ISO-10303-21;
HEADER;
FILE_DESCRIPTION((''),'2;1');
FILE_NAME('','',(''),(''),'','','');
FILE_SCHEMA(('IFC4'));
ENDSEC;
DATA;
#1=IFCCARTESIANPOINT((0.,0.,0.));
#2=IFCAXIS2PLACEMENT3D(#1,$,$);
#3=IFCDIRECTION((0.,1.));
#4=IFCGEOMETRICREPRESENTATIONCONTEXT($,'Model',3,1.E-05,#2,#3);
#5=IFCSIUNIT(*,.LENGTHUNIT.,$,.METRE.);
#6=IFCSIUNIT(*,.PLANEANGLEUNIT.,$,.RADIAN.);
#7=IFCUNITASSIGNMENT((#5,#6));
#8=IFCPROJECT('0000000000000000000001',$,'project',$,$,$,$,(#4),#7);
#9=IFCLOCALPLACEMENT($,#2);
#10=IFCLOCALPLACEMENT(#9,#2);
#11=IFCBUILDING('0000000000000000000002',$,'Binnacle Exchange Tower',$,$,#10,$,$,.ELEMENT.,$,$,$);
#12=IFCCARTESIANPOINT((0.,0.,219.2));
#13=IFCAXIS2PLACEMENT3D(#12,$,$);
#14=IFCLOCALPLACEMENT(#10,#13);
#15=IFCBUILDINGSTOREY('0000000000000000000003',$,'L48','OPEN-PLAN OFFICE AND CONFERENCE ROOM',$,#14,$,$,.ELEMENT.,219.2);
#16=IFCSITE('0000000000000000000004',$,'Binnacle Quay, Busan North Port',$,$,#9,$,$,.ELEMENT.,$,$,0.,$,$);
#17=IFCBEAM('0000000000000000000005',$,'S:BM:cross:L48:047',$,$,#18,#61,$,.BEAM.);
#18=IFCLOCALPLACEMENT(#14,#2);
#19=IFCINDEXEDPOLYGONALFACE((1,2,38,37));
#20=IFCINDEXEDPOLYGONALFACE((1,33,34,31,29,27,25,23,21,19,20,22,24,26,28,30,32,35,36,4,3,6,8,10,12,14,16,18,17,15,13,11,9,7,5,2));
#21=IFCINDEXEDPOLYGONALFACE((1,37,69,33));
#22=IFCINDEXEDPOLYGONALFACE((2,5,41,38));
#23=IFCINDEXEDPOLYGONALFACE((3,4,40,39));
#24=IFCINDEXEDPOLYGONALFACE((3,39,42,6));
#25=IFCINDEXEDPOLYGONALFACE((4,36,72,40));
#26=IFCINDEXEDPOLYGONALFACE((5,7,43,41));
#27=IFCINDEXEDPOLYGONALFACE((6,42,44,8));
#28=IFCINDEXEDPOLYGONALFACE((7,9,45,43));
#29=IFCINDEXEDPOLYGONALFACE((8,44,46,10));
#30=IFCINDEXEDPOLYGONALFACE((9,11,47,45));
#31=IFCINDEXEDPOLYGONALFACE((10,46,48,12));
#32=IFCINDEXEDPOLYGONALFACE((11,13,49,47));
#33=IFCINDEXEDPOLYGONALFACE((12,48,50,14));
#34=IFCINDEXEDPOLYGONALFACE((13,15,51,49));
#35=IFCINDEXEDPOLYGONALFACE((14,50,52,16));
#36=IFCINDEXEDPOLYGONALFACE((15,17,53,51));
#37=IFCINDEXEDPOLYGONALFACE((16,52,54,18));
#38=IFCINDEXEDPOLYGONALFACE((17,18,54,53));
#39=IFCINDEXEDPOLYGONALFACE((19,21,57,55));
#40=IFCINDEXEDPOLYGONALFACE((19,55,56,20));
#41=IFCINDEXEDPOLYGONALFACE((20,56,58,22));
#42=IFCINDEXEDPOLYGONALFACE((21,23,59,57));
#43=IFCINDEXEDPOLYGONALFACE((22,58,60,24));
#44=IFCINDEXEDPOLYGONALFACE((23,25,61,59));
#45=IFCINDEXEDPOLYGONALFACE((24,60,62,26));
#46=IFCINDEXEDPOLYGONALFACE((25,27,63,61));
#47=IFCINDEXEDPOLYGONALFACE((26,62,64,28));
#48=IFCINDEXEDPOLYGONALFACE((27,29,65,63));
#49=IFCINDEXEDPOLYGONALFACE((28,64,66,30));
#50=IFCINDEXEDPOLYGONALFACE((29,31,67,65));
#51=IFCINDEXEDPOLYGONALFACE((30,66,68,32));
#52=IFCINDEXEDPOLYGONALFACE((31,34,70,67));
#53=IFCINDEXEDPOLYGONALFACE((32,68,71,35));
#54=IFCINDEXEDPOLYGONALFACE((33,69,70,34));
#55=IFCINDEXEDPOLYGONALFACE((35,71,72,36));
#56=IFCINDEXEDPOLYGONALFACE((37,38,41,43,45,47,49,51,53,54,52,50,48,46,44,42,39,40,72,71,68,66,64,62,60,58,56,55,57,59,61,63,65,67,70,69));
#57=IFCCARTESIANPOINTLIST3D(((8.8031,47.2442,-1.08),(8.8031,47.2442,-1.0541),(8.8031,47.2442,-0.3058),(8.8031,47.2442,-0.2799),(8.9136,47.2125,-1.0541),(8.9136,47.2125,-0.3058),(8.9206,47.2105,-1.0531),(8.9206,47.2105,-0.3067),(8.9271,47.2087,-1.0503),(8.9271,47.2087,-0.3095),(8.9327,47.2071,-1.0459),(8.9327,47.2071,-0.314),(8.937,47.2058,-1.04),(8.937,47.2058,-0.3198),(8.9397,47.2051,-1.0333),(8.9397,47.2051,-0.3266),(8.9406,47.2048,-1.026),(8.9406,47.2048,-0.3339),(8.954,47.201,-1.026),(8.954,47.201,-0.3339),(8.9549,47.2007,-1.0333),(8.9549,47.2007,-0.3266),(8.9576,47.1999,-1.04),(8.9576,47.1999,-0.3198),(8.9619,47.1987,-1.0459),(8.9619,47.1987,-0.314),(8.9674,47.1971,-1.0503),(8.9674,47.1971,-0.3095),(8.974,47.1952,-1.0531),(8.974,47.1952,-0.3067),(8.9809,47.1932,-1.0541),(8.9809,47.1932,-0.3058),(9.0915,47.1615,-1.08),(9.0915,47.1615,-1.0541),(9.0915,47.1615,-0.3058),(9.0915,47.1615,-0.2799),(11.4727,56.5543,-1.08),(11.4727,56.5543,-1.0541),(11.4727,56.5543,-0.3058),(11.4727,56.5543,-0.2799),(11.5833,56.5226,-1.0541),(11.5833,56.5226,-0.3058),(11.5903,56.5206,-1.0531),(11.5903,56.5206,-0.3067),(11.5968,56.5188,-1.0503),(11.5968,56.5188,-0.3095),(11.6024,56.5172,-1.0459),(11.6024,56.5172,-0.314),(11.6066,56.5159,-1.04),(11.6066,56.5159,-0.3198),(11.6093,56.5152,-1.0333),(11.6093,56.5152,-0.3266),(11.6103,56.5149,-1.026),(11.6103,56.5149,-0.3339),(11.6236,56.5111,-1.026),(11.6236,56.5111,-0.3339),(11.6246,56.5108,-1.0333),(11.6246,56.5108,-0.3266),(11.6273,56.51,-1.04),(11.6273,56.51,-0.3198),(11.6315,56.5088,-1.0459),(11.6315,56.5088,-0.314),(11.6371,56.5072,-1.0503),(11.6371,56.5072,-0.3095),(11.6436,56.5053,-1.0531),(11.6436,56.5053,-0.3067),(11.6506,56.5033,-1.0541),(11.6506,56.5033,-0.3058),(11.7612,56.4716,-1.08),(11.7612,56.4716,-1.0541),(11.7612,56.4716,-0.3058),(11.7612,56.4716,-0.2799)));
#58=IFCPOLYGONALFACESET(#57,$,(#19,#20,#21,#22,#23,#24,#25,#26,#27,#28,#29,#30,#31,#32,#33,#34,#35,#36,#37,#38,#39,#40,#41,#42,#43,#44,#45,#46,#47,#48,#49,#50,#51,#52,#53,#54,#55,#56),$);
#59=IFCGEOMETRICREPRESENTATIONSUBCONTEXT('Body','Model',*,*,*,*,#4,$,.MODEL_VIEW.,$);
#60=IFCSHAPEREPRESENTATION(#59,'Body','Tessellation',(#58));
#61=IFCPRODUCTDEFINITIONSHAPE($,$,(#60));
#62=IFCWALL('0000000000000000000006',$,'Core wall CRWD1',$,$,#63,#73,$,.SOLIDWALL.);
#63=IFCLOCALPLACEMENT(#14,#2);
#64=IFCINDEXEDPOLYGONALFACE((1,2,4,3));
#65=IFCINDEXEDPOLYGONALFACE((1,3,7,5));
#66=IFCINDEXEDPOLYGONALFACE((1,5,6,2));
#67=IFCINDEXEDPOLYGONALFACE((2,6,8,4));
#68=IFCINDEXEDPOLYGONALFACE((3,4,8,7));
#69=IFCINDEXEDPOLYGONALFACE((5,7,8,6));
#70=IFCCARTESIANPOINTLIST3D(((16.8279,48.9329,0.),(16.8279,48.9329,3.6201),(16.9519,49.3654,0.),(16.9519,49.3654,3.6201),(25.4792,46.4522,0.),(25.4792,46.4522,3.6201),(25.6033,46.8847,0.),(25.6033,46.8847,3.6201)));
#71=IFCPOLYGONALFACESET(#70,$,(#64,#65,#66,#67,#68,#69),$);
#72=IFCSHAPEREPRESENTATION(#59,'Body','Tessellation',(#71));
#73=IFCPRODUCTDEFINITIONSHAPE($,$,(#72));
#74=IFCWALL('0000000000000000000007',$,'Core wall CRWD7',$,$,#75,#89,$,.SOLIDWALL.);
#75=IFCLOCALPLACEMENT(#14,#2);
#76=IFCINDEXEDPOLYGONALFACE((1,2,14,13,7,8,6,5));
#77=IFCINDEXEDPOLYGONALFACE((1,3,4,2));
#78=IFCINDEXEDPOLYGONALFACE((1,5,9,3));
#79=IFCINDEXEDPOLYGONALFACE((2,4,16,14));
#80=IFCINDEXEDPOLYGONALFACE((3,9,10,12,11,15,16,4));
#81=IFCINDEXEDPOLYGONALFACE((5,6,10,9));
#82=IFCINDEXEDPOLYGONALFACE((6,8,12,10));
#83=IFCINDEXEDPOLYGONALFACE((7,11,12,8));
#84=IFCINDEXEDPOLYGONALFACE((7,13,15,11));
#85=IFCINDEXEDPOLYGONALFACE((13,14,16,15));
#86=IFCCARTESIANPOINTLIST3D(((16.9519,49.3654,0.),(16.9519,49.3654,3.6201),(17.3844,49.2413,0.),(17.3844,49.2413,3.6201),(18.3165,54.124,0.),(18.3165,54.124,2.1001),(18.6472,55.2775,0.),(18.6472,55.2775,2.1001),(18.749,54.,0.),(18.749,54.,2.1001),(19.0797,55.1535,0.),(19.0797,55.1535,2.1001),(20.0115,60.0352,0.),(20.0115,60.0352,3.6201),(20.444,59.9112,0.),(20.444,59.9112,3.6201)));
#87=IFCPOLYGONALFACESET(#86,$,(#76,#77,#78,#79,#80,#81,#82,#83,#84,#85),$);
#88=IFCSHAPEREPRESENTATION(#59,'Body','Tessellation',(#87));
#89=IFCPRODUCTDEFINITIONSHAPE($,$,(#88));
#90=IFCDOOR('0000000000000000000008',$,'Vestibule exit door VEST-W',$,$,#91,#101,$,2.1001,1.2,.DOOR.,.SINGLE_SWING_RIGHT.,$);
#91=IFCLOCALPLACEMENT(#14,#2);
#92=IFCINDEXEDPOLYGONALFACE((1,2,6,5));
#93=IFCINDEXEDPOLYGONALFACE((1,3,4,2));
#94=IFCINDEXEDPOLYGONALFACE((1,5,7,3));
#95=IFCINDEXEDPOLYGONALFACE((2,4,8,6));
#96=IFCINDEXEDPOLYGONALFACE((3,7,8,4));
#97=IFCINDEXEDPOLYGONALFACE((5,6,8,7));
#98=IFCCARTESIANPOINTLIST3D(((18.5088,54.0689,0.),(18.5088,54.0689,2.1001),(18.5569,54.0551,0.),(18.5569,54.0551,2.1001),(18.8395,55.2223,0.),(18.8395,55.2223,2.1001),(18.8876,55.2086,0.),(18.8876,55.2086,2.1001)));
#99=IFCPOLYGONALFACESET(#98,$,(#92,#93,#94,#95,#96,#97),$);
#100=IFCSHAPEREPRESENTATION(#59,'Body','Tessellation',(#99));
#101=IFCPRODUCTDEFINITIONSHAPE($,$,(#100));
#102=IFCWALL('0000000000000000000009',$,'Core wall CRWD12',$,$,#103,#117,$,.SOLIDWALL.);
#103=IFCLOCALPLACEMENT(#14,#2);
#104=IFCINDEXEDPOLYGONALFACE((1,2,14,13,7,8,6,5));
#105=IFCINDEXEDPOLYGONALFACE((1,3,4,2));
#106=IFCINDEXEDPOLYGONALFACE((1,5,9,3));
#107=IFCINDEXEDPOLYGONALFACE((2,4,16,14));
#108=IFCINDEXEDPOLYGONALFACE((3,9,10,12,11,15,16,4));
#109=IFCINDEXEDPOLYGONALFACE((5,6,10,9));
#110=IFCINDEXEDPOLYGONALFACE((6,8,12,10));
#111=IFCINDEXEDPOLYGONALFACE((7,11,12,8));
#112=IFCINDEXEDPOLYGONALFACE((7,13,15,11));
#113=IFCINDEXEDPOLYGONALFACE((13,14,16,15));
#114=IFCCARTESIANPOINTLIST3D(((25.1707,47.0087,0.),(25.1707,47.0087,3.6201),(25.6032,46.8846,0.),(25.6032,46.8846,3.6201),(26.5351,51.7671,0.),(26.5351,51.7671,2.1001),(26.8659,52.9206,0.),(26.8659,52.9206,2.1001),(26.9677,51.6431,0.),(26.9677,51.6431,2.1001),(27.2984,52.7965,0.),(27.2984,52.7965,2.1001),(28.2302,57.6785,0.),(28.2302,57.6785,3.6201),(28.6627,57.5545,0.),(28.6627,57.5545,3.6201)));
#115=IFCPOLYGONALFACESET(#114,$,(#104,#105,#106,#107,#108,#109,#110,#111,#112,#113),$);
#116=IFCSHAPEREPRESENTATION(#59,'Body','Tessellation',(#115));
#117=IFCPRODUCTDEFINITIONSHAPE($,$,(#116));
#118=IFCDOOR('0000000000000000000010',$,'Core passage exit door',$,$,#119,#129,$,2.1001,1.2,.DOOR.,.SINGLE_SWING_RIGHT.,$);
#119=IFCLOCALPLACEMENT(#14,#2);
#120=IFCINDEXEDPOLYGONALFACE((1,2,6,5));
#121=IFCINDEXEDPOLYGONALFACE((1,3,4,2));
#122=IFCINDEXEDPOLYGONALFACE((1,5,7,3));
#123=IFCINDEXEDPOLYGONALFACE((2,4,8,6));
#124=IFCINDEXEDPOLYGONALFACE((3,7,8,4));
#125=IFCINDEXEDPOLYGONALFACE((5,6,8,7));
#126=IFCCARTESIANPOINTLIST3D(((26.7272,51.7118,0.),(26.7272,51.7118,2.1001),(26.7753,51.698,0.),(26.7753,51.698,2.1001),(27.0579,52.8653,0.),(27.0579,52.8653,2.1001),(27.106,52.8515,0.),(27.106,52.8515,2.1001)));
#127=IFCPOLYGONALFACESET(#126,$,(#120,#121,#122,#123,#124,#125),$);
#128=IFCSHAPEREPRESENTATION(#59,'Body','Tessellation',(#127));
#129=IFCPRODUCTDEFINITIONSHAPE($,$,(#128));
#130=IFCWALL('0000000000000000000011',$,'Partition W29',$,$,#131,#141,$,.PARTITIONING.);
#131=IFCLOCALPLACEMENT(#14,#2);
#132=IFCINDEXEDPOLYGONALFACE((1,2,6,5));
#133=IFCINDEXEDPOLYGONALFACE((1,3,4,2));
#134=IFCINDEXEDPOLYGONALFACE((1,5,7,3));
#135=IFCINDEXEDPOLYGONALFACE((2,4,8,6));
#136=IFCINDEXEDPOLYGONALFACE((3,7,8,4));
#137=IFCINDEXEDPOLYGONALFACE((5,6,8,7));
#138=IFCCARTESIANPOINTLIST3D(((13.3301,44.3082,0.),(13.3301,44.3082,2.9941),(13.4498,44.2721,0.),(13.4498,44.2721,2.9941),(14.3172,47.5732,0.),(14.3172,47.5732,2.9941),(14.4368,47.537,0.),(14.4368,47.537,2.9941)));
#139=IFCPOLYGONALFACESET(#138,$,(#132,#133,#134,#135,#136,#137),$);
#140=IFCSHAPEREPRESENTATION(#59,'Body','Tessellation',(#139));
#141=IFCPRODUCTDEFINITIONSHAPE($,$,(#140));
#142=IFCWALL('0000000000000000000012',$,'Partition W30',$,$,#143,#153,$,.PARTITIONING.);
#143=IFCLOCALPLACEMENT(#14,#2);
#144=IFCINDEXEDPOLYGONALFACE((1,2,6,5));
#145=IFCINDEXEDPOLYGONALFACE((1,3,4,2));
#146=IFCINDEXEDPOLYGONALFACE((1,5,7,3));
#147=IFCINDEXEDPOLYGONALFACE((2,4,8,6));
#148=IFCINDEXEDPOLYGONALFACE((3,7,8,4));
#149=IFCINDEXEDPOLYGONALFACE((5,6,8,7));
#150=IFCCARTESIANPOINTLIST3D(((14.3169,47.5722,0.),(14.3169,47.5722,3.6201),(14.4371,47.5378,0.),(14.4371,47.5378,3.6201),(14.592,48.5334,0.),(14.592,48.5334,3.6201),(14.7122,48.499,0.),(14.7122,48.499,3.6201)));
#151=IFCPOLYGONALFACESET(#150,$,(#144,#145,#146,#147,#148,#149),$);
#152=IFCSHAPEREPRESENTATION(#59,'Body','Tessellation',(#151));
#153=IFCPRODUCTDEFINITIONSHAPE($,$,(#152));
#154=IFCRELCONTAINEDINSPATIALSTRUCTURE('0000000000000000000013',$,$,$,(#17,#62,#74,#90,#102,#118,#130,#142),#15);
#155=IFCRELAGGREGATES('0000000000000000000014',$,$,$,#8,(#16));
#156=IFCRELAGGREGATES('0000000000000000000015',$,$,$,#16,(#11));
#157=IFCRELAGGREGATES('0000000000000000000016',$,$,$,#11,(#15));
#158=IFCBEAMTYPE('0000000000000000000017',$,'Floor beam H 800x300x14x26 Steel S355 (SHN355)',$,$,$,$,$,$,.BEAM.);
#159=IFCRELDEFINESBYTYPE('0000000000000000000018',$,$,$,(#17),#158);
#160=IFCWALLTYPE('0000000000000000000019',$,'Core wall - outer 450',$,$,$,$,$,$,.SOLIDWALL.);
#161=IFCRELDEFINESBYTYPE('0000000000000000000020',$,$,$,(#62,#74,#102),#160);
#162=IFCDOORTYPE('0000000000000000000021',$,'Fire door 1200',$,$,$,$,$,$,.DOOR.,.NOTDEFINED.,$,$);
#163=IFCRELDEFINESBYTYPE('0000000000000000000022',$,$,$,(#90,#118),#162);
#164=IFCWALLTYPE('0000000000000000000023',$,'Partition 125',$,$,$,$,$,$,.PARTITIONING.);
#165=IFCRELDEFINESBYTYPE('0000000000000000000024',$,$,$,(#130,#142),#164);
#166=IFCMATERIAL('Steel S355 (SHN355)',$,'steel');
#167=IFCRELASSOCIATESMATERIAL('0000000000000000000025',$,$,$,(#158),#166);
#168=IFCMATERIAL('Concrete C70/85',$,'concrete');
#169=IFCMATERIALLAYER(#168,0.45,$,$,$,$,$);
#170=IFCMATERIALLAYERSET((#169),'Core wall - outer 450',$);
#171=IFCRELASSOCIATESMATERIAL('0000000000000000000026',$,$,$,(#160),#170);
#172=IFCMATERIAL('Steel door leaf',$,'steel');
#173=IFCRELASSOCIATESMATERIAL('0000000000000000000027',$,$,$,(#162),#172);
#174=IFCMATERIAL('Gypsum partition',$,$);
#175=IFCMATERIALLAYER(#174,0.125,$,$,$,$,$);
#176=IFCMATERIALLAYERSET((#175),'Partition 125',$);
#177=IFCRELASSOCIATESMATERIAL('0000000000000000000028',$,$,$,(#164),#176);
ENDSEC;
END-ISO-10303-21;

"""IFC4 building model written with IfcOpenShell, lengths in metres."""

from ifc_helpers import new_model, si_unit, direction, frame, frame_2d, origin, origin_2d, place, context, subcontext, project, spatial, rectangle, i_section, extrude, material, layer, layer_set, material_profile, profile_set, type_object, element, fill, save


model = new_model("IFC4")

# Units and contexts
model_context = context("Model", 3, precision=1e-05, world=origin(), true_north=direction((0.0, 1.0)))
body_context = subcontext(model_context, "Body", "Model", "MODEL_VIEW")
ifc_project = project(units=[si_unit("LENGTHUNIT", "METRE"), si_unit("PLANEANGLEUNIT", "RADIAN")], contexts=[model_context])

# Site, building, storey
site_placement = place(None, origin())
site = spatial("IfcSite", under=ifc_project, at=site_placement, Name="Binnacle Quay, Busan North Port", CompositionType="ELEMENT", RefElevation=0.0)
building_placement = place(site_placement, origin())
building = spatial("IfcBuilding", under=site, at=building_placement, Name="Binnacle Exchange Tower", CompositionType="ELEMENT")
storey_placement = place(building_placement, frame((0.0, 0.0, 219.2)))
storey = spatial("IfcBuildingStorey", under=building, at=storey_placement, Name="L48", Description="OPEN-PLAN OFFICE AND CONFERENCE ROOM", CompositionType="ELEMENT", Elevation=219.2)

# Beam
ifc_material_1 = material(Name="Steel S355 (SHN355)", Category="steel")
ifc_material_profile_1 = material_profile(ifc_material_1, i_section(OverallWidth=0.3, OverallDepth=0.8, WebThickness=0.0139, FlangeThickness=0.0259, FilletRadius=0.0281, at=origin_2d()), Name="H 800x300x14x26")
ifc_profile_set_1 = profile_set([ifc_material_profile_1], Name="Steel S355 (SHN355)")
beam_type_1 = type_object("IfcBeamType", Name="Floor beam H 800x300x14x26 Steel S355 (SHN355)", PredefinedType="BEAM", material=ifc_profile_set_1)
beam_1_placement = place(storey_placement, frame((8.9473, 47.2029, -0.6799), z_axis=(0.275643, 0.96126, 0.0), x_axis=(-0.96126, 0.275643, 0.0)))
element("IfcBeam", 1, at=beam_1_placement, inside=storey, type_object=beam_type_1, Name="S:BM:cross:L48:047", PredefinedType="BEAM", context=body_context, shape_type="SweptSolid", body=[
    extrude(i_section(OverallWidth=0.3, OverallDepth=0.8, WebThickness=0.0139, FlangeThickness=0.0259, FilletRadius=0.0281, at=origin_2d()), origin(), (0.0, 0.0, 1.0), 9.6853),
])

# Wall
ifc_material_2 = material(Name="Concrete C70/85", Category="concrete")
ifc_layer_1 = layer(ifc_material_2, 0.45)
ifc_layer_set_1 = layer_set([ifc_layer_1], Name="Core wall - outer 450")
wall_type_1 = type_object("IfcWallType", Name="Core wall - outer 450", PredefinedType="SOLIDWALL", material=ifc_layer_set_1)
wall_1_placement = place(storey_placement, frame((16.8899, 49.1492, 0.0), z_axis=(0.0, 0.0, 1.0), x_axis=(0.961262, -0.275635, 0.0)))
element("IfcWall", 2, at=wall_1_placement, inside=storey, type_object=wall_type_1, Name="Core wall CRWD1", PredefinedType="SOLIDWALL", context=body_context, shape_type="SweptSolid", body=[
    extrude(rectangle(XDim=9.0, YDim=0.45, at=frame_2d((4.5, 0.0))), origin(), (0.0, 0.0, 1.0), 3.6201),
])

# Walls, openings, doors
wall_2_placement = place(storey_placement, frame((17.1682, 49.3035, 0.0), z_axis=(0.0, 0.0, 1.0), x_axis=(0.275639, 0.961261, 0.0)))
wall_2 = element("IfcWall", 3, at=wall_2_placement, inside=storey, type_object=wall_type_1, Name="Core wall CRWD7", PredefinedType="SOLIDWALL", context=body_context, shape_type="SweptSolid", body=[
    extrude(rectangle(XDim=11.0999, YDim=0.45, at=frame_2d((5.5498, 0.0))), origin(), (0.0, 0.0, 1.0), 3.6201),
])
opening_1_placement = place(wall_2_placement, frame((4.9502, 0.0, 0.0)))
opening_1 = element("IfcOpeningElement", 4, at=opening_1_placement, cuts=wall_2, PredefinedType="OPENING", context=body_context, shape_type="SweptSolid", body=[
    extrude(rectangle(XDim=1.2, YDim=2.1001, at=frame_2d((0.6001, 1.05))), frame((0.0, 0.2349, 0.0), z_axis=(0.0, -1.0, 0.0), x_axis=(1.0, 0.0, 0.0)), (0.0, 0.0, 1.0), 0.47),
])
ifc_material_3 = material(Name="Steel door leaf", Category="steel")
door_type_1 = type_object("IfcDoorType", Name="Fire door 1200", OperationType="NOTDEFINED", PredefinedType="DOOR", material=ifc_material_3)
door_1_placement = place(opening_1_placement, origin())
door_1 = element("IfcDoor", 5, at=door_1_placement, inside=storey, type_object=door_type_1, Name="Vestibule exit door VEST-W", OperationType="SINGLE_SWING_RIGHT", OverallHeight=2.1001, OverallWidth=1.2, PredefinedType="DOOR", context=body_context, shape_type="SweptSolid", body=[
    extrude(rectangle(XDim=1.2, YDim=2.1001, at=frame_2d((0.6001, 1.05))), frame((0.0, 0.0249, 0.0), z_axis=(0.0, -1.0, 0.0), x_axis=(1.0, 0.0, 0.0)), (0.0, 0.0, 1.0), 0.05),
])
fill(opening_1, door_1)
wall_3_placement = place(storey_placement, frame((25.387, 46.9468, 0.0), z_axis=(0.0, 0.0, 1.0), x_axis=(0.275639, 0.961261, 0.0)))
wall_3 = element("IfcWall", 6, at=wall_3_placement, inside=storey, type_object=wall_type_1, Name="Core wall CRWD12", PredefinedType="SOLIDWALL", context=body_context, shape_type="SweptSolid", body=[
    extrude(rectangle(XDim=11.0999, YDim=0.45, at=frame_2d((5.5498, 0.0))), origin(), (0.0, 0.0, 1.0), 3.6201),
])
opening_2_placement = place(wall_3_placement, frame((4.95, 0.0, 0.0)))
opening_2 = element("IfcOpeningElement", 7, at=opening_2_placement, cuts=wall_3, PredefinedType="OPENING", context=body_context, shape_type="SweptSolid", body=[
    extrude(rectangle(XDim=1.2, YDim=2.1001, at=frame_2d((0.6001, 1.05))), frame((0.0, 0.2349, 0.0), z_axis=(0.0, -1.0, 0.0), x_axis=(1.0, 0.0, 0.0)), (0.0, 0.0, 1.0), 0.47),
])
door_2_placement = place(opening_2_placement, frame((1.2, 0.0, 0.0), z_axis=(0.0, 0.0, 1.0), x_axis=(-1.0, 0.0, 0.0)))
door_2 = element("IfcDoor", 8, at=door_2_placement, inside=storey, type_object=door_type_1, Name="Core passage exit door", OperationType="SINGLE_SWING_RIGHT", OverallHeight=2.1001, OverallWidth=1.2, PredefinedType="DOOR", context=body_context, shape_type="SweptSolid", body=[
    extrude(rectangle(XDim=1.2, YDim=2.1001, at=frame_2d((0.6001, 1.05))), frame((0.0, 0.0249, 0.0), z_axis=(0.0, -1.0, 0.0), x_axis=(1.0, 0.0, 0.0)), (0.0, 0.0, 1.0), 0.05),
])
fill(opening_2, door_2)

# Walls
ifc_material_4 = material(Name="Gypsum partition")
ifc_layer_2 = layer(ifc_material_4, 0.125)
ifc_layer_set_2 = layer_set([ifc_layer_2], Name="Partition 125")
wall_type_2 = type_object("IfcWallType", Name="Partition 125", PredefinedType="PARTITIONING", material=ifc_layer_set_2)
wall_4_placement = place(storey_placement, frame((13.3899, 44.29, 0.0), z_axis=(0.0, 0.0, 1.0), x_axis=(0.28939, 0.957211, 0.0)))
element("IfcWall", 9, at=wall_4_placement, inside=storey, type_object=wall_type_2, Name="Partition W29", PredefinedType="PARTITIONING", context=body_context, shape_type="SweptSolid", body=[
    extrude(rectangle(XDim=3.4109, YDim=0.125, at=frame_2d((1.7056, 0.0))), origin(), (0.0, 0.0, 1.0), 2.9941),
])
wall_5_placement = place(storey_placement, frame((14.377, 47.5549, 0.0), z_axis=(0.0, 0.0, 1.0), x_axis=(0.275205, 0.961386, 0.0)))
element("IfcWall", 10, at=wall_5_placement, inside=storey, type_object=wall_type_2, Name="Partition W30", PredefinedType="PARTITIONING", context=body_context, shape_type="SweptSolid", body=[
    extrude(rectangle(XDim=0.9998, YDim=0.125, at=frame_2d((0.5, 0.0))), origin(), (0.0, 0.0, 1.0), 3.6201),
])

save(model, "model.ifc")
